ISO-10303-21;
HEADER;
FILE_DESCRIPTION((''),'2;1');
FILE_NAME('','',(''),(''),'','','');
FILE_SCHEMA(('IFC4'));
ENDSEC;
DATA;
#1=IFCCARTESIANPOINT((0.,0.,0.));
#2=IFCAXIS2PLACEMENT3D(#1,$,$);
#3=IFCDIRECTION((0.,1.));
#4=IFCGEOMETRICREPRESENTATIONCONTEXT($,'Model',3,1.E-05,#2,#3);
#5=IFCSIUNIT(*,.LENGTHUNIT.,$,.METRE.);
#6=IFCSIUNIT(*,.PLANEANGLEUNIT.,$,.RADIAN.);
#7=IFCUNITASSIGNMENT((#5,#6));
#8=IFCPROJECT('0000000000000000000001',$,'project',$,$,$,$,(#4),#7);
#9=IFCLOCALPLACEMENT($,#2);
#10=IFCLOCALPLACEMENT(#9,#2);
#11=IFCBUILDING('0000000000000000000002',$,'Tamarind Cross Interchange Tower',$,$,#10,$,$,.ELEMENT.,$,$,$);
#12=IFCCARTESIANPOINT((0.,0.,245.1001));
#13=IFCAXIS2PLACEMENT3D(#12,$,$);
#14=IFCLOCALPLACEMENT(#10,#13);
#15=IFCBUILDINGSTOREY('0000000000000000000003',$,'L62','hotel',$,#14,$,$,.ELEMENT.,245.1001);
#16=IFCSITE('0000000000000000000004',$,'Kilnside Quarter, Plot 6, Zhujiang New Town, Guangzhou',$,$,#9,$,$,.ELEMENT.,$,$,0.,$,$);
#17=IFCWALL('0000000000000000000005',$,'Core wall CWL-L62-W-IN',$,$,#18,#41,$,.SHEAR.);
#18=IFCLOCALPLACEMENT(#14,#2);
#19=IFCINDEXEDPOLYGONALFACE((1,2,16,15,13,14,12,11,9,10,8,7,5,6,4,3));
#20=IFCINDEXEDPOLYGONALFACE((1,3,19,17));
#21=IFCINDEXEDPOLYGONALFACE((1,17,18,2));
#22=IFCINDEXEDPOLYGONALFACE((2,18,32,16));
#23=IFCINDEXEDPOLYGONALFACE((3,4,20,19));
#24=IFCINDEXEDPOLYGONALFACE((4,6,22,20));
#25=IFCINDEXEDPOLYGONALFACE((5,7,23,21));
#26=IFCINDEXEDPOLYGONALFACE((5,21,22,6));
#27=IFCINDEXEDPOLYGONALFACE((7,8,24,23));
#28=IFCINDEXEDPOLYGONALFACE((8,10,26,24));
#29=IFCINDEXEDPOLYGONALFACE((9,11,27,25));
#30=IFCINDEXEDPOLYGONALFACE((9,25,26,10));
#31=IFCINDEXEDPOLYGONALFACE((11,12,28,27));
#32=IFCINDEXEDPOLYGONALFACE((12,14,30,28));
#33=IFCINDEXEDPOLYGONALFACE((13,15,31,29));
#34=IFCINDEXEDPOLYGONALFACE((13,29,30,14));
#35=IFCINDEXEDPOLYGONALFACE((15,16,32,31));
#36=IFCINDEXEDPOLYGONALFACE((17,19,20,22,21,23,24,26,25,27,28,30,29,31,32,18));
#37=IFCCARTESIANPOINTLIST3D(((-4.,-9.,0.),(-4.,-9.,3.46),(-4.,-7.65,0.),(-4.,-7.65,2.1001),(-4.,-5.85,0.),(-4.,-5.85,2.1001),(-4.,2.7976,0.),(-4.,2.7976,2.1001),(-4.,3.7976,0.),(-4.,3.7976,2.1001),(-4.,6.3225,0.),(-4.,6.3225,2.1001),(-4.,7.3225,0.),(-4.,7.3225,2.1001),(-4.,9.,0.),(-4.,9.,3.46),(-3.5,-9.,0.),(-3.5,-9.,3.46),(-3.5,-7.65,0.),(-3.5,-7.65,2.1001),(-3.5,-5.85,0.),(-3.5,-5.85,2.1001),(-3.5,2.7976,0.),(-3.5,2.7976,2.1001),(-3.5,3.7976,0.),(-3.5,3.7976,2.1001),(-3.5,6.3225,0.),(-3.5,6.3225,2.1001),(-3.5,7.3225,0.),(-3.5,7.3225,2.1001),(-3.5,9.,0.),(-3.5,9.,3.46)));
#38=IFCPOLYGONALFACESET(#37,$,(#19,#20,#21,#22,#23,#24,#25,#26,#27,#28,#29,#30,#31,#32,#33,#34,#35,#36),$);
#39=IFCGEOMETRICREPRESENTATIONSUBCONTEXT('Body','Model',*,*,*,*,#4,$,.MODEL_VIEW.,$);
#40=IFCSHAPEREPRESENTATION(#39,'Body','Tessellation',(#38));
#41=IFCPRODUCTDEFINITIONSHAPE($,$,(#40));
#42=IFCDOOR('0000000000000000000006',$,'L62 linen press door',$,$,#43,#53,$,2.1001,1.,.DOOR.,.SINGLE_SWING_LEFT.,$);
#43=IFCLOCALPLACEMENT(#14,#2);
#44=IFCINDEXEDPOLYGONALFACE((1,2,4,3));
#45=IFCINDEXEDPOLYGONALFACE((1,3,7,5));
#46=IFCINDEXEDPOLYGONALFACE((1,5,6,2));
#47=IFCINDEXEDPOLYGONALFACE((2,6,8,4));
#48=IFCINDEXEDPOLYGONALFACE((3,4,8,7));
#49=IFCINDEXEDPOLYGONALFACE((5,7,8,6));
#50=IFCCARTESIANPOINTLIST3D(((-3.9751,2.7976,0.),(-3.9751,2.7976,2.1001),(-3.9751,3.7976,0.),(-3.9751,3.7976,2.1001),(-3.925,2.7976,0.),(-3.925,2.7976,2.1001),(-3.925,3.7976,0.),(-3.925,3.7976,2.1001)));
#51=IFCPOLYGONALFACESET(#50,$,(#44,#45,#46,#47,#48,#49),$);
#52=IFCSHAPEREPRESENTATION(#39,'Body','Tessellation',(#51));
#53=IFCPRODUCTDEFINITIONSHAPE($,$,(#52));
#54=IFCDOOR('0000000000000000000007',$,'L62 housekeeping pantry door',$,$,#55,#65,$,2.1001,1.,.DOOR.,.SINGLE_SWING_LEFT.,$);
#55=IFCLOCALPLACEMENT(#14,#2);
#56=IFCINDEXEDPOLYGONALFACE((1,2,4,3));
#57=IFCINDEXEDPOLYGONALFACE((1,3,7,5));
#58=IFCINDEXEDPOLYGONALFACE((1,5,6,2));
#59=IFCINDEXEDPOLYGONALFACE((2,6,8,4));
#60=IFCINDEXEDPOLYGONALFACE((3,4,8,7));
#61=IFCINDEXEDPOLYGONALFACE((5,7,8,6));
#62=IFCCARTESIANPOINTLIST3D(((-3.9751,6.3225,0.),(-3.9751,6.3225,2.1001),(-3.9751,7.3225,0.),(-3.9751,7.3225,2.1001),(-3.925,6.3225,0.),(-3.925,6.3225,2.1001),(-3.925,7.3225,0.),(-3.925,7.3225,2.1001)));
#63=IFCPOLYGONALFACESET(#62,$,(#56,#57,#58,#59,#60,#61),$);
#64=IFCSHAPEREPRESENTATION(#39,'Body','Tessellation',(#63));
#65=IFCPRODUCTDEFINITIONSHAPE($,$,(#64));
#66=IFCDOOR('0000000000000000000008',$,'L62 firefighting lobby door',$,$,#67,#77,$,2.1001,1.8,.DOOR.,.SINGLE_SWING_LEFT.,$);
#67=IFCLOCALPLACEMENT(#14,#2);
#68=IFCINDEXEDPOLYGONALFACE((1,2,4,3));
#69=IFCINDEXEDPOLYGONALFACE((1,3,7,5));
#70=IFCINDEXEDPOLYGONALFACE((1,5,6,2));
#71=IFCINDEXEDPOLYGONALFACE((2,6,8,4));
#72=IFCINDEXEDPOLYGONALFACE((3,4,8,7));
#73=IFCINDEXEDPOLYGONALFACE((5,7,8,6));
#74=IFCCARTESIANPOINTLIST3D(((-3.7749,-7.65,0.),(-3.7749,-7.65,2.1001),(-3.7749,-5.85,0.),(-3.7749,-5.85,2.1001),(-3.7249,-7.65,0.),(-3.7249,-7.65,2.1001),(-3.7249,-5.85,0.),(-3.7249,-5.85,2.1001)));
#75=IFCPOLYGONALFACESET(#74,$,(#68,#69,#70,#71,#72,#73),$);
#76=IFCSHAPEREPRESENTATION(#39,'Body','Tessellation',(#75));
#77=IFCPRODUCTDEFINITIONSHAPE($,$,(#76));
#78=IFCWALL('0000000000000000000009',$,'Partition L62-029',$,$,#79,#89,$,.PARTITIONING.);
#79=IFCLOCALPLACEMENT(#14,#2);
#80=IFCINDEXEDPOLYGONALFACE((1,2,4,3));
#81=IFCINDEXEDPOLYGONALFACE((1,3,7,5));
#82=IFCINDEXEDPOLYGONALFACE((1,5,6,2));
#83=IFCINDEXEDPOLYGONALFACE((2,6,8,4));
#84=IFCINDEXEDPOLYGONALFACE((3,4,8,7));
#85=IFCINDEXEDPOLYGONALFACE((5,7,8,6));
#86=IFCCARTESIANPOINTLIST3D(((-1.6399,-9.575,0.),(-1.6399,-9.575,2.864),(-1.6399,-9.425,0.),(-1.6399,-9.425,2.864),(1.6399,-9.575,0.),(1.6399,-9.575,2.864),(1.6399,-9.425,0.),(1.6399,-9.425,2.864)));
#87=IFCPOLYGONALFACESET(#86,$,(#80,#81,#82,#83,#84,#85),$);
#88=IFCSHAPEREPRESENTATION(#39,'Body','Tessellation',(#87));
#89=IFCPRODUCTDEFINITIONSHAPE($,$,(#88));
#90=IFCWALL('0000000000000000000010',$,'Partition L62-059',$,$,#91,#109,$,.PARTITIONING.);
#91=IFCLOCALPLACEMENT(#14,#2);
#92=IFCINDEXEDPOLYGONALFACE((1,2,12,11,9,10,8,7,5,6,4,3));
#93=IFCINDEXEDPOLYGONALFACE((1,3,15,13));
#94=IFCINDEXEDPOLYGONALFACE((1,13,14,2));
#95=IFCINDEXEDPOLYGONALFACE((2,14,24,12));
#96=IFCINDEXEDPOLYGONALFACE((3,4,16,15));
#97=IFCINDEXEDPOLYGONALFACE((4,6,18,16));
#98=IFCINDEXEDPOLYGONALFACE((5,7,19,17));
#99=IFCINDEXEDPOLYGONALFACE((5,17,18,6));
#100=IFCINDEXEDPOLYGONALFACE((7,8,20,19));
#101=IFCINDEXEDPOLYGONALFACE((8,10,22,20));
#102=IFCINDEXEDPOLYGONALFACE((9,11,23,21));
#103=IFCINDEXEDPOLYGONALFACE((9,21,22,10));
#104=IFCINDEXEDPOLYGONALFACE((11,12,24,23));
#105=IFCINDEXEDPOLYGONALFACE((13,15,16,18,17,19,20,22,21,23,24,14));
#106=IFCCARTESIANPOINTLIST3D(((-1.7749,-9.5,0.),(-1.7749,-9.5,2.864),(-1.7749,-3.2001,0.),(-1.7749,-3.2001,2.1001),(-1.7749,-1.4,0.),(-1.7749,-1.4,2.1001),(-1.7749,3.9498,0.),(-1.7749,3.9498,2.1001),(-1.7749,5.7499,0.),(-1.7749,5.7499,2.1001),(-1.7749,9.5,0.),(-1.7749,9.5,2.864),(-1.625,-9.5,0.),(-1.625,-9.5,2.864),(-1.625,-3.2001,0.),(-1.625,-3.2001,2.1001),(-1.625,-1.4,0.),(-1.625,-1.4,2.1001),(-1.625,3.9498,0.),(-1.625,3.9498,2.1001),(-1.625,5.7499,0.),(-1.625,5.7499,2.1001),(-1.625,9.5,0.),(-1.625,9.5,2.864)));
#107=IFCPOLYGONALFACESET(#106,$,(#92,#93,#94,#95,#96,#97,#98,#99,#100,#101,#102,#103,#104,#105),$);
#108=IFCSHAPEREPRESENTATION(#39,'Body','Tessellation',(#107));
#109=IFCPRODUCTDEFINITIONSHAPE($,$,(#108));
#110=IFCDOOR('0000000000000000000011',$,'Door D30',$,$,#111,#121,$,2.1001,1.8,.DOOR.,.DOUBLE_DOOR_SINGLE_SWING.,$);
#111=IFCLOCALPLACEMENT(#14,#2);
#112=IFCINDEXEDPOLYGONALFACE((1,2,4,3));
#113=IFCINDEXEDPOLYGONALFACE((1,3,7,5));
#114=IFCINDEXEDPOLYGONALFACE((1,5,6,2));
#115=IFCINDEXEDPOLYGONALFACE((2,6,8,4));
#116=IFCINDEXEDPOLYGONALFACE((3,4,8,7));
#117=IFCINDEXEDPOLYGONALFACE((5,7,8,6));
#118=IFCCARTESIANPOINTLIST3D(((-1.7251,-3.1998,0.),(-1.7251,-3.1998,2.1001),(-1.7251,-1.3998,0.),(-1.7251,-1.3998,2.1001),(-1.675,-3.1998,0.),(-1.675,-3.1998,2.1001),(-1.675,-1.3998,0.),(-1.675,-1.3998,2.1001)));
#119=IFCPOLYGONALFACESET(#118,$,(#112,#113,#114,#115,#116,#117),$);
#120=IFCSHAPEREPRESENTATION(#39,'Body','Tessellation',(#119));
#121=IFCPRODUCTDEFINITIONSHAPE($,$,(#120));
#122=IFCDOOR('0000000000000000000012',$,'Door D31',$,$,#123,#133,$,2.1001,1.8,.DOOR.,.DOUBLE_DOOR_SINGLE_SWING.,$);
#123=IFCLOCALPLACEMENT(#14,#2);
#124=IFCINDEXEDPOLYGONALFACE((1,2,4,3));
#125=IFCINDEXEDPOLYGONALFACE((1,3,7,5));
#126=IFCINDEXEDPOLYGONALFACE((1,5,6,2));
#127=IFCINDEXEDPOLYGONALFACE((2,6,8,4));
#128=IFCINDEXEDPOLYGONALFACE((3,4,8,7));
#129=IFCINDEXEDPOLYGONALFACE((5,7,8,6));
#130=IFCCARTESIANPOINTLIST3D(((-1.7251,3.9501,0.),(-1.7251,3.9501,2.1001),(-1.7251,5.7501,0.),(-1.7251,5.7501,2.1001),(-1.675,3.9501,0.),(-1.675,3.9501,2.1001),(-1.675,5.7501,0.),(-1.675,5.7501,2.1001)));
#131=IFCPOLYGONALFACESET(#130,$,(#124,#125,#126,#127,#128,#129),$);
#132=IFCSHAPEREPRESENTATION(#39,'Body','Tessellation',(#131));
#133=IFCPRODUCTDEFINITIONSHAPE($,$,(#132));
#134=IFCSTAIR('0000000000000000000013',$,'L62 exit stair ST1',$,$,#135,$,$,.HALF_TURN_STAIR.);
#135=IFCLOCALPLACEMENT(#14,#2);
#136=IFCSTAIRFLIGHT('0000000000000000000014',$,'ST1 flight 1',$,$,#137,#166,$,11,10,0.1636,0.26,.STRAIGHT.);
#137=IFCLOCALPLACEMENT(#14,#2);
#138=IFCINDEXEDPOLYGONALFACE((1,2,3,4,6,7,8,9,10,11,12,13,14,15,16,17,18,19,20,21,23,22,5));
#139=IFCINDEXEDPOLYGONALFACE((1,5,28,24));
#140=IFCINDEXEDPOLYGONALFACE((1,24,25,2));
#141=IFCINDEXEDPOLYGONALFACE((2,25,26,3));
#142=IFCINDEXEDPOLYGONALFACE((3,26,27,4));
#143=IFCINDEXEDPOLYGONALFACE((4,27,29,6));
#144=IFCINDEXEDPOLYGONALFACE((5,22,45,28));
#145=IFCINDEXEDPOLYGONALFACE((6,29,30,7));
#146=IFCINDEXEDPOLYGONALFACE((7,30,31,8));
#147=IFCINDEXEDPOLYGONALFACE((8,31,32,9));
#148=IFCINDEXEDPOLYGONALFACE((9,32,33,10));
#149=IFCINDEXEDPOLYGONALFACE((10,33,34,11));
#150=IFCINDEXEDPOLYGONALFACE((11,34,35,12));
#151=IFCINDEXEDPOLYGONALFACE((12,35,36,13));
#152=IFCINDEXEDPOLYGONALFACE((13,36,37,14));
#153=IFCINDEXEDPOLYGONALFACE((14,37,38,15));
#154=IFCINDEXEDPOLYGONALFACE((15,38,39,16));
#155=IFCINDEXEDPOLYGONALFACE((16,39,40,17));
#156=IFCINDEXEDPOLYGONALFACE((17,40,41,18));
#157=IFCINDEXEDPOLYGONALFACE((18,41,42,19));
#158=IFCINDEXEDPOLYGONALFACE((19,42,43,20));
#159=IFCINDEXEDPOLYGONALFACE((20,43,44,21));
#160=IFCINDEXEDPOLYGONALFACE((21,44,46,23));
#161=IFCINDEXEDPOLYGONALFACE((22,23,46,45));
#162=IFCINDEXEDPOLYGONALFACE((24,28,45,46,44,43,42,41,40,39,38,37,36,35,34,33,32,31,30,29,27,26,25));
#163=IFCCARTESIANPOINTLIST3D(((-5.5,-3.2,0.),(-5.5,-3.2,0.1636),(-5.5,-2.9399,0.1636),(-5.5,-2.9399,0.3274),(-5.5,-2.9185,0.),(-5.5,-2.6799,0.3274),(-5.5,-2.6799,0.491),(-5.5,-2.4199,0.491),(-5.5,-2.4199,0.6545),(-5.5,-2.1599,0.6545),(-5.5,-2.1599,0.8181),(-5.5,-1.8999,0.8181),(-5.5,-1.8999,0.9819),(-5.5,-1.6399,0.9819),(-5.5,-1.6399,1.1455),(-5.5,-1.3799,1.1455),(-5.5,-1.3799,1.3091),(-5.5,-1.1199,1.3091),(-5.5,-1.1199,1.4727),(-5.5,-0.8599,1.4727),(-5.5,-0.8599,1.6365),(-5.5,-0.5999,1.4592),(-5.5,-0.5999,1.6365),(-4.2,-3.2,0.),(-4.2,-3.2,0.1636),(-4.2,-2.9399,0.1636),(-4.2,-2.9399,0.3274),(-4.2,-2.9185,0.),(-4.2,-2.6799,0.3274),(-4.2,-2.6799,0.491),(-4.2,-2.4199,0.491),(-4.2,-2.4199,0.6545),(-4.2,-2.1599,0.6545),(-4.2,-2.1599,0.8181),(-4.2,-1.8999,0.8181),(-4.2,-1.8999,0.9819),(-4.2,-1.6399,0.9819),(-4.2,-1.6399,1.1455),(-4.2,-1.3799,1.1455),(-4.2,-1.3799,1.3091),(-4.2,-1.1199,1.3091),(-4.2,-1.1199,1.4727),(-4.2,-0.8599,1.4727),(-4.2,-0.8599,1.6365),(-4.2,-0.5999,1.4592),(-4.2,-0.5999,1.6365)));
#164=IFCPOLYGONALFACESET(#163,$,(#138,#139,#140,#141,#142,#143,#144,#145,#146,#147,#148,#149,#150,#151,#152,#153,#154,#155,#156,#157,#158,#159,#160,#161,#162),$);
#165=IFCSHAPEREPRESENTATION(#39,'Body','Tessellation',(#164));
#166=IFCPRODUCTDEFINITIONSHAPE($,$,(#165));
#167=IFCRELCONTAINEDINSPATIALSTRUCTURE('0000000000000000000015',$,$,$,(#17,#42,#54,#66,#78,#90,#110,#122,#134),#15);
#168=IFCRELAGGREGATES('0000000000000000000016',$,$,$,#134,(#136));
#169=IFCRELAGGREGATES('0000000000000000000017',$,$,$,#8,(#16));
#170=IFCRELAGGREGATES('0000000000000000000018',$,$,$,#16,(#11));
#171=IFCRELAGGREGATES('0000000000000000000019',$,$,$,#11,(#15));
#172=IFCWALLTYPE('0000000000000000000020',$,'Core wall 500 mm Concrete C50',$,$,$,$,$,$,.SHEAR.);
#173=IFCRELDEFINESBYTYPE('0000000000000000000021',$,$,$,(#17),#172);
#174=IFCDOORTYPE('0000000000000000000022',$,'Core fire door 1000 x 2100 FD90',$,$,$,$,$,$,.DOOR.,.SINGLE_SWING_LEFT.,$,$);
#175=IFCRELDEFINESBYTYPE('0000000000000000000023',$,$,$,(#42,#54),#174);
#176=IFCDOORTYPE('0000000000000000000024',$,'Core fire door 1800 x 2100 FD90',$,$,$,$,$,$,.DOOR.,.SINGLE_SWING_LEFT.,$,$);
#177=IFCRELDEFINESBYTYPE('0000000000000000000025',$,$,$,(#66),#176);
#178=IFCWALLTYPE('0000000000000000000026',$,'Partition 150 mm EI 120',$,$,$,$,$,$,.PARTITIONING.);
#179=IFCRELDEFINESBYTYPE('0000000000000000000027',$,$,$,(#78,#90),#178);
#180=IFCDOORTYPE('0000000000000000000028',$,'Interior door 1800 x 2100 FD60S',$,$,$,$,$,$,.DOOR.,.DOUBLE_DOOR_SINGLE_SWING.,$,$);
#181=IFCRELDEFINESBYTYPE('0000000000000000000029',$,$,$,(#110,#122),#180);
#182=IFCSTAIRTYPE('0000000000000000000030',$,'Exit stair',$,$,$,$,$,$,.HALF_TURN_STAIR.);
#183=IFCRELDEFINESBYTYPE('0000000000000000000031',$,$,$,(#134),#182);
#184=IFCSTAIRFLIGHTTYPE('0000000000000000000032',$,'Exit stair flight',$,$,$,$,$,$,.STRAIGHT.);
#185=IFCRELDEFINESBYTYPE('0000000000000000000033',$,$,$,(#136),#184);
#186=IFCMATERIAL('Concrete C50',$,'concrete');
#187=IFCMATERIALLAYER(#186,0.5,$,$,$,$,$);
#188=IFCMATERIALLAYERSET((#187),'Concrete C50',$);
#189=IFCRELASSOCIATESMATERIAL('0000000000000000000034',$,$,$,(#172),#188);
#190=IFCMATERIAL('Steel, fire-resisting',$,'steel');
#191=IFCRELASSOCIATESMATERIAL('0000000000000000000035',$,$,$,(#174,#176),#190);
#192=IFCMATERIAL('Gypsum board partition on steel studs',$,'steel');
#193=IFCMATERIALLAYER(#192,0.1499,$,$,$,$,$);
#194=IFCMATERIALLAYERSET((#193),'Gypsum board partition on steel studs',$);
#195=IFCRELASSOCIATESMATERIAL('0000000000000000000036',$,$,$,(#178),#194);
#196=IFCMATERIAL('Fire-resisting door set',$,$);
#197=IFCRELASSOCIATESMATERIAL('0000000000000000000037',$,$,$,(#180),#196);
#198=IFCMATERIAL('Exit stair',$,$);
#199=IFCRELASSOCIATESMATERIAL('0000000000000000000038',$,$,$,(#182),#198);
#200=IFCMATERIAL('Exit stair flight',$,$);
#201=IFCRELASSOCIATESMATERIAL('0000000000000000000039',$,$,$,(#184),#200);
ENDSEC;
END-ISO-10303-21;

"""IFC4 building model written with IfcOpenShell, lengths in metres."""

from ifc_helpers import new_model, si_unit, direction, frame, frame_2d, origin, place, context, subcontext, project, spatial, polyline, rectangle, outline, extrude, material, layer, layer_set, type_object, element, fill, aggregate, save


model = new_model("IFC4")

# Units and contexts
model_context = context("Model", 3, precision=1e-05, world=origin(), true_north=direction((0.0, 1.0)))
body_context = subcontext(model_context, "Body", "Model", "MODEL_VIEW")
ifc_project = project(units=[si_unit("LENGTHUNIT", "METRE"), si_unit("PLANEANGLEUNIT", "RADIAN")], contexts=[model_context])

# Site, building, storey
site_placement = place(None, origin())
site = spatial("IfcSite", under=ifc_project, at=site_placement, Name="Kilnside Quarter, Plot 6, Zhujiang New Town, Guangzhou", CompositionType="ELEMENT", RefElevation=0.0)
building_placement = place(site_placement, origin())
building = spatial("IfcBuilding", under=site, at=building_placement, Name="Tamarind Cross Interchange Tower", CompositionType="ELEMENT")
storey_placement = place(building_placement, frame((0.0, 0.0, 245.1001)))
storey = spatial("IfcBuildingStorey", under=building, at=storey_placement, Name="L62", Description="hotel", CompositionType="ELEMENT", Elevation=245.1001)

# Wall, openings, doors
ifc_material_1 = material(Name="Concrete C50", Category="concrete")
ifc_layer_1 = layer(ifc_material_1, 0.5)
ifc_layer_set_1 = layer_set([ifc_layer_1], Name="Concrete C50")
wall_type_1 = type_object("IfcWallType", Name="Core wall 500 mm Concrete C50", PredefinedType="SHEAR", material=ifc_layer_set_1)
wall_1_placement = place(storey_placement, frame((-3.75, -9.0, 0.0), z_axis=(0.0, 0.0, 1.0), x_axis=(0.0, 1.0, 0.0)))
wall_1 = element("IfcWall", 1, at=wall_1_placement, inside=storey, type_object=wall_type_1, Name="Core wall CWL-L62-W-IN", PredefinedType="SHEAR", context=body_context, shape_type="SweptSolid", body=[
    extrude(rectangle(XDim=18.0, YDim=0.5, at=frame_2d((9.0, 0.0))), origin(), (0.0, 0.0, 1.0), 3.46),
])
opening_1_placement = place(wall_1_placement, frame((1.3501, 0.0, 0.0)))
opening_1 = element("IfcOpeningElement", 2, at=opening_1_placement, cuts=wall_1, PredefinedType="OPENING", context=body_context, shape_type="SweptSolid", body=[
    extrude(rectangle(XDim=1.8, YDim=2.1001, at=frame_2d((0.8999, 1.05))), frame((0.0, 0.26, 0.0), z_axis=(0.0, -1.0, 0.0), x_axis=(1.0, 0.0, 0.0)), (0.0, 0.0, 1.0), 0.52),
])
opening_2_placement = place(wall_1_placement, frame((11.7976, 0.0, 0.0)))
opening_2 = element("IfcOpeningElement", 3, at=opening_2_placement, cuts=wall_1, PredefinedType="OPENING", context=body_context, shape_type="SweptSolid", body=[
    extrude(rectangle(XDim=1.0, YDim=2.1001, at=frame_2d((0.5, 1.05))), frame((0.0, 0.26, 0.0), z_axis=(0.0, -1.0, 0.0), x_axis=(1.0, 0.0, 0.0)), (0.0, 0.0, 1.0), 0.52),
])
opening_3_placement = place(wall_1_placement, frame((15.3225, 0.0, 0.0)))
opening_3 = element("IfcOpeningElement", 4, at=opening_3_placement, cuts=wall_1, PredefinedType="OPENING", context=body_context, shape_type="SweptSolid", body=[
    extrude(rectangle(XDim=1.0, YDim=2.1001, at=frame_2d((0.5, 1.05))), frame((0.0, 0.26, 0.0), z_axis=(0.0, -1.0, 0.0), x_axis=(1.0, 0.0, 0.0)), (0.0, 0.0, 1.0), 0.52),
])
ifc_material_2 = material(Name="Steel, fire-resisting", Category="steel")
door_type_1 = type_object("IfcDoorType", Name="Core fire door 1000 x 2100 FD90", OperationType="SINGLE_SWING_LEFT", PredefinedType="DOOR", material=ifc_material_2)
door_1_placement = place(opening_2_placement, origin())
door_1 = element("IfcDoor", 5, at=door_1_placement, inside=storey, type_object=door_type_1, Name="L62 linen press door", OperationType="SINGLE_SWING_LEFT", OverallHeight=2.1001, OverallWidth=1.0, PredefinedType="DOOR", context=body_context, shape_type="SweptSolid", body=[
    extrude(rectangle(XDim=1.0, YDim=2.1001, at=frame_2d((0.5, 1.05))), frame((0.0, 0.2251, 0.0), z_axis=(0.0, -1.0, 0.0), x_axis=(1.0, 0.0, 0.0)), (0.0, 0.0, 1.0), 0.05),
])
fill(opening_2, door_1)
door_2_placement = place(opening_3_placement, origin())
door_2 = element("IfcDoor", 6, at=door_2_placement, inside=storey, type_object=door_type_1, Name="L62 housekeeping pantry door", OperationType="SINGLE_SWING_LEFT", OverallHeight=2.1001, OverallWidth=1.0, PredefinedType="DOOR", context=body_context, shape_type="SweptSolid", body=[
    extrude(rectangle(XDim=1.0, YDim=2.1001, at=frame_2d((0.5, 1.05))), frame((0.0, 0.2251, 0.0), z_axis=(0.0, -1.0, 0.0), x_axis=(1.0, 0.0, 0.0)), (0.0, 0.0, 1.0), 0.05),
])
fill(opening_3, door_2)
door_type_2 = type_object("IfcDoorType", Name="Core fire door 1800 x 2100 FD90", OperationType="SINGLE_SWING_LEFT", PredefinedType="DOOR", material=ifc_material_2)
door_3_placement = place(opening_1_placement, origin())
door_3 = element("IfcDoor", 7, at=door_3_placement, inside=storey, type_object=door_type_2, Name="L62 firefighting lobby door", OperationType="SINGLE_SWING_LEFT", OverallHeight=2.1001, OverallWidth=1.8, PredefinedType="DOOR", context=body_context, shape_type="SweptSolid", body=[
    extrude(rectangle(XDim=1.8, YDim=2.1001, at=frame_2d((0.8999, 1.05))), frame((0.0, 0.0249, 0.0), z_axis=(0.0, -1.0, 0.0), x_axis=(1.0, 0.0, 0.0)), (0.0, 0.0, 1.0), 0.05),
])
fill(opening_1, door_3)

# Wall
ifc_material_3 = material(Name="Gypsum board partition on steel studs", Category="steel")
ifc_layer_2 = layer(ifc_material_3, 0.1499)
ifc_layer_set_2 = layer_set([ifc_layer_2], Name="Gypsum board partition on steel studs")
wall_type_2 = type_object("IfcWallType", Name="Partition 150 mm EI 120", PredefinedType="PARTITIONING", material=ifc_layer_set_2)
wall_2_placement = place(storey_placement, frame((-1.6399, -9.5, 0.0), z_axis=(0.0, 0.0, 1.0), x_axis=(1.0, 0.0, 0.0)))
element("IfcWall", 8, at=wall_2_placement, inside=storey, type_object=wall_type_2, Name="Partition L62-029", PredefinedType="PARTITIONING", context=body_context, shape_type="SweptSolid", body=[
    extrude(rectangle(XDim=3.2798, YDim=0.1499, at=frame_2d((1.6399, 0.0))), origin(), (0.0, 0.0, 1.0), 2.864),
])

# Wall, openings, doors
wall_3_placement = place(storey_placement, frame((-1.7, -9.5, 0.0), z_axis=(0.0, 0.0, 1.0), x_axis=(0.0, 1.0, 0.0)))
wall_3 = element("IfcWall", 9, at=wall_3_placement, inside=storey, type_object=wall_type_2, Name="Partition L62-059", PredefinedType="PARTITIONING", context=body_context, shape_type="SweptSolid", body=[
    extrude(rectangle(XDim=19.0, YDim=0.1499, at=frame_2d((9.5, 0.0))), origin(), (0.0, 0.0, 1.0), 2.864),
])
opening_4_placement = place(wall_3_placement, frame((6.3, 0.0, 0.0)))
opening_4 = element("IfcOpeningElement", 10, at=opening_4_placement, cuts=wall_3, PredefinedType="OPENING", context=body_context, shape_type="SweptSolid", body=[
    extrude(rectangle(XDim=1.8, YDim=2.1001, at=frame_2d((0.8999, 1.05))), frame((0.0, 0.085, 0.0), z_axis=(0.0, -1.0, 0.0), x_axis=(1.0, 0.0, 0.0)), (0.0, 0.0, 1.0), 0.1699),
])
opening_5_placement = place(wall_3_placement, frame((13.45, 0.0, 0.0)))
opening_5 = element("IfcOpeningElement", 11, at=opening_5_placement, cuts=wall_3, PredefinedType="OPENING", context=body_context, shape_type="SweptSolid", body=[
    extrude(rectangle(XDim=1.8, YDim=2.1001, at=frame_2d((0.8999, 1.05))), frame((0.0, 0.085, 0.0), z_axis=(0.0, -1.0, 0.0), x_axis=(1.0, 0.0, 0.0)), (0.0, 0.0, 1.0), 0.1699),
])
ifc_material_4 = material(Name="Fire-resisting door set")
door_type_3 = type_object("IfcDoorType", Name="Interior door 1800 x 2100 FD60S", OperationType="DOUBLE_DOOR_SINGLE_SWING", PredefinedType="DOOR", material=ifc_material_4)
door_4_placement = place(opening_4_placement, frame((1.8, 0.0, 0.0), z_axis=(0.0, 0.0, 1.0), x_axis=(-1.0, 0.0, 0.0)))
door_4 = element("IfcDoor", 12, at=door_4_placement, inside=storey, type_object=door_type_3, Name="Door D30", OperationType="DOUBLE_DOOR_SINGLE_SWING", OverallHeight=2.1001, OverallWidth=1.8, PredefinedType="DOOR", context=body_context, shape_type="SweptSolid", body=[
    extrude(rectangle(XDim=1.8, YDim=2.1001, at=frame_2d((0.8999, 1.05))), frame((0.0, 0.0249, 0.0), z_axis=(0.0, -1.0, 0.0), x_axis=(1.0, 0.0, 0.0)), (0.0, 0.0, 1.0), 0.05),
])
fill(opening_4, door_4)
door_5_placement = place(opening_5_placement, frame((1.8, 0.0, 0.0), z_axis=(0.0, 0.0, 1.0), x_axis=(-1.0, 0.0, 0.0)))
door_5 = element("IfcDoor", 13, at=door_5_placement, inside=storey, type_object=door_type_3, Name="Door D31", OperationType="DOUBLE_DOOR_SINGLE_SWING", OverallHeight=2.1001, OverallWidth=1.8, PredefinedType="DOOR", context=body_context, shape_type="SweptSolid", body=[
    extrude(rectangle(XDim=1.8, YDim=2.1001, at=frame_2d((0.8999, 1.05))), frame((0.0, 0.0249, 0.0), z_axis=(0.0, -1.0, 0.0), x_axis=(1.0, 0.0, 0.0)), (0.0, 0.0, 1.0), 0.05),
])
fill(opening_5, door_5)

# Stair, stair flight
ifc_material_5 = material(Name="Exit stair")
stair_type = type_object("IfcStairType", Name="Exit stair", PredefinedType="HALF_TURN_STAIR", material=ifc_material_5)
stair_placement = place(storey_placement, origin())
stair = element("IfcStair", 14, at=stair_placement, inside=storey, type_object=stair_type, Name="L62 exit stair ST1", PredefinedType="HALF_TURN_STAIR")
ifc_material_6 = material(Name="Exit stair flight")
stair_flight_type = type_object("IfcStairFlightType", Name="Exit stair flight", PredefinedType="STRAIGHT", material=ifc_material_6)
stair_flight_placement = place(storey_placement, frame((-4.8501, -3.2, 0.0), z_axis=(0.0, 0.0, 1.0), x_axis=(0.0, 1.0, 0.0)))
stair_flight = element("IfcStairFlight", 15, at=stair_flight_placement, type_object=stair_flight_type, Name="ST1 flight 1", NumberOfRisers=11, NumberOfTreads=10, PredefinedType="STRAIGHT", RiserHeight=0.1636, TreadLength=0.26, context=body_context, shape_type="SweptSolid", body=[
    extrude(outline(polyline([(0.0, 0.0), (0.0, 0.1636), (0.26, 0.1636), (0.26, 0.3274), (0.52, 0.3274), (0.52, 0.491), (0.78, 0.491), (0.78, 0.6545), (1.04, 0.6545), (1.04, 0.8181), (1.3, 0.8181), (1.3, 0.9819), (1.5601, 0.9819), (1.5601, 1.1455), (1.8201, 1.1455), (1.8201, 1.3091), (2.0801, 1.3091), (2.0801, 1.4727), (2.3401, 1.4727), (2.3401, 1.6365), (2.6001, 1.6365), (2.6001, 1.8), (2.6001, 1.4592), (0.2815, 0.0), (0.0, 0.0)])), frame((0.0, 0.6499, 0.0), z_axis=(0.0, -1.0, 0.0), x_axis=(1.0, 0.0, 0.0)), (0.0, 0.0, 1.0), 1.3),
])
aggregate(stair, [stair_flight])

save(model, "model.ifc")
